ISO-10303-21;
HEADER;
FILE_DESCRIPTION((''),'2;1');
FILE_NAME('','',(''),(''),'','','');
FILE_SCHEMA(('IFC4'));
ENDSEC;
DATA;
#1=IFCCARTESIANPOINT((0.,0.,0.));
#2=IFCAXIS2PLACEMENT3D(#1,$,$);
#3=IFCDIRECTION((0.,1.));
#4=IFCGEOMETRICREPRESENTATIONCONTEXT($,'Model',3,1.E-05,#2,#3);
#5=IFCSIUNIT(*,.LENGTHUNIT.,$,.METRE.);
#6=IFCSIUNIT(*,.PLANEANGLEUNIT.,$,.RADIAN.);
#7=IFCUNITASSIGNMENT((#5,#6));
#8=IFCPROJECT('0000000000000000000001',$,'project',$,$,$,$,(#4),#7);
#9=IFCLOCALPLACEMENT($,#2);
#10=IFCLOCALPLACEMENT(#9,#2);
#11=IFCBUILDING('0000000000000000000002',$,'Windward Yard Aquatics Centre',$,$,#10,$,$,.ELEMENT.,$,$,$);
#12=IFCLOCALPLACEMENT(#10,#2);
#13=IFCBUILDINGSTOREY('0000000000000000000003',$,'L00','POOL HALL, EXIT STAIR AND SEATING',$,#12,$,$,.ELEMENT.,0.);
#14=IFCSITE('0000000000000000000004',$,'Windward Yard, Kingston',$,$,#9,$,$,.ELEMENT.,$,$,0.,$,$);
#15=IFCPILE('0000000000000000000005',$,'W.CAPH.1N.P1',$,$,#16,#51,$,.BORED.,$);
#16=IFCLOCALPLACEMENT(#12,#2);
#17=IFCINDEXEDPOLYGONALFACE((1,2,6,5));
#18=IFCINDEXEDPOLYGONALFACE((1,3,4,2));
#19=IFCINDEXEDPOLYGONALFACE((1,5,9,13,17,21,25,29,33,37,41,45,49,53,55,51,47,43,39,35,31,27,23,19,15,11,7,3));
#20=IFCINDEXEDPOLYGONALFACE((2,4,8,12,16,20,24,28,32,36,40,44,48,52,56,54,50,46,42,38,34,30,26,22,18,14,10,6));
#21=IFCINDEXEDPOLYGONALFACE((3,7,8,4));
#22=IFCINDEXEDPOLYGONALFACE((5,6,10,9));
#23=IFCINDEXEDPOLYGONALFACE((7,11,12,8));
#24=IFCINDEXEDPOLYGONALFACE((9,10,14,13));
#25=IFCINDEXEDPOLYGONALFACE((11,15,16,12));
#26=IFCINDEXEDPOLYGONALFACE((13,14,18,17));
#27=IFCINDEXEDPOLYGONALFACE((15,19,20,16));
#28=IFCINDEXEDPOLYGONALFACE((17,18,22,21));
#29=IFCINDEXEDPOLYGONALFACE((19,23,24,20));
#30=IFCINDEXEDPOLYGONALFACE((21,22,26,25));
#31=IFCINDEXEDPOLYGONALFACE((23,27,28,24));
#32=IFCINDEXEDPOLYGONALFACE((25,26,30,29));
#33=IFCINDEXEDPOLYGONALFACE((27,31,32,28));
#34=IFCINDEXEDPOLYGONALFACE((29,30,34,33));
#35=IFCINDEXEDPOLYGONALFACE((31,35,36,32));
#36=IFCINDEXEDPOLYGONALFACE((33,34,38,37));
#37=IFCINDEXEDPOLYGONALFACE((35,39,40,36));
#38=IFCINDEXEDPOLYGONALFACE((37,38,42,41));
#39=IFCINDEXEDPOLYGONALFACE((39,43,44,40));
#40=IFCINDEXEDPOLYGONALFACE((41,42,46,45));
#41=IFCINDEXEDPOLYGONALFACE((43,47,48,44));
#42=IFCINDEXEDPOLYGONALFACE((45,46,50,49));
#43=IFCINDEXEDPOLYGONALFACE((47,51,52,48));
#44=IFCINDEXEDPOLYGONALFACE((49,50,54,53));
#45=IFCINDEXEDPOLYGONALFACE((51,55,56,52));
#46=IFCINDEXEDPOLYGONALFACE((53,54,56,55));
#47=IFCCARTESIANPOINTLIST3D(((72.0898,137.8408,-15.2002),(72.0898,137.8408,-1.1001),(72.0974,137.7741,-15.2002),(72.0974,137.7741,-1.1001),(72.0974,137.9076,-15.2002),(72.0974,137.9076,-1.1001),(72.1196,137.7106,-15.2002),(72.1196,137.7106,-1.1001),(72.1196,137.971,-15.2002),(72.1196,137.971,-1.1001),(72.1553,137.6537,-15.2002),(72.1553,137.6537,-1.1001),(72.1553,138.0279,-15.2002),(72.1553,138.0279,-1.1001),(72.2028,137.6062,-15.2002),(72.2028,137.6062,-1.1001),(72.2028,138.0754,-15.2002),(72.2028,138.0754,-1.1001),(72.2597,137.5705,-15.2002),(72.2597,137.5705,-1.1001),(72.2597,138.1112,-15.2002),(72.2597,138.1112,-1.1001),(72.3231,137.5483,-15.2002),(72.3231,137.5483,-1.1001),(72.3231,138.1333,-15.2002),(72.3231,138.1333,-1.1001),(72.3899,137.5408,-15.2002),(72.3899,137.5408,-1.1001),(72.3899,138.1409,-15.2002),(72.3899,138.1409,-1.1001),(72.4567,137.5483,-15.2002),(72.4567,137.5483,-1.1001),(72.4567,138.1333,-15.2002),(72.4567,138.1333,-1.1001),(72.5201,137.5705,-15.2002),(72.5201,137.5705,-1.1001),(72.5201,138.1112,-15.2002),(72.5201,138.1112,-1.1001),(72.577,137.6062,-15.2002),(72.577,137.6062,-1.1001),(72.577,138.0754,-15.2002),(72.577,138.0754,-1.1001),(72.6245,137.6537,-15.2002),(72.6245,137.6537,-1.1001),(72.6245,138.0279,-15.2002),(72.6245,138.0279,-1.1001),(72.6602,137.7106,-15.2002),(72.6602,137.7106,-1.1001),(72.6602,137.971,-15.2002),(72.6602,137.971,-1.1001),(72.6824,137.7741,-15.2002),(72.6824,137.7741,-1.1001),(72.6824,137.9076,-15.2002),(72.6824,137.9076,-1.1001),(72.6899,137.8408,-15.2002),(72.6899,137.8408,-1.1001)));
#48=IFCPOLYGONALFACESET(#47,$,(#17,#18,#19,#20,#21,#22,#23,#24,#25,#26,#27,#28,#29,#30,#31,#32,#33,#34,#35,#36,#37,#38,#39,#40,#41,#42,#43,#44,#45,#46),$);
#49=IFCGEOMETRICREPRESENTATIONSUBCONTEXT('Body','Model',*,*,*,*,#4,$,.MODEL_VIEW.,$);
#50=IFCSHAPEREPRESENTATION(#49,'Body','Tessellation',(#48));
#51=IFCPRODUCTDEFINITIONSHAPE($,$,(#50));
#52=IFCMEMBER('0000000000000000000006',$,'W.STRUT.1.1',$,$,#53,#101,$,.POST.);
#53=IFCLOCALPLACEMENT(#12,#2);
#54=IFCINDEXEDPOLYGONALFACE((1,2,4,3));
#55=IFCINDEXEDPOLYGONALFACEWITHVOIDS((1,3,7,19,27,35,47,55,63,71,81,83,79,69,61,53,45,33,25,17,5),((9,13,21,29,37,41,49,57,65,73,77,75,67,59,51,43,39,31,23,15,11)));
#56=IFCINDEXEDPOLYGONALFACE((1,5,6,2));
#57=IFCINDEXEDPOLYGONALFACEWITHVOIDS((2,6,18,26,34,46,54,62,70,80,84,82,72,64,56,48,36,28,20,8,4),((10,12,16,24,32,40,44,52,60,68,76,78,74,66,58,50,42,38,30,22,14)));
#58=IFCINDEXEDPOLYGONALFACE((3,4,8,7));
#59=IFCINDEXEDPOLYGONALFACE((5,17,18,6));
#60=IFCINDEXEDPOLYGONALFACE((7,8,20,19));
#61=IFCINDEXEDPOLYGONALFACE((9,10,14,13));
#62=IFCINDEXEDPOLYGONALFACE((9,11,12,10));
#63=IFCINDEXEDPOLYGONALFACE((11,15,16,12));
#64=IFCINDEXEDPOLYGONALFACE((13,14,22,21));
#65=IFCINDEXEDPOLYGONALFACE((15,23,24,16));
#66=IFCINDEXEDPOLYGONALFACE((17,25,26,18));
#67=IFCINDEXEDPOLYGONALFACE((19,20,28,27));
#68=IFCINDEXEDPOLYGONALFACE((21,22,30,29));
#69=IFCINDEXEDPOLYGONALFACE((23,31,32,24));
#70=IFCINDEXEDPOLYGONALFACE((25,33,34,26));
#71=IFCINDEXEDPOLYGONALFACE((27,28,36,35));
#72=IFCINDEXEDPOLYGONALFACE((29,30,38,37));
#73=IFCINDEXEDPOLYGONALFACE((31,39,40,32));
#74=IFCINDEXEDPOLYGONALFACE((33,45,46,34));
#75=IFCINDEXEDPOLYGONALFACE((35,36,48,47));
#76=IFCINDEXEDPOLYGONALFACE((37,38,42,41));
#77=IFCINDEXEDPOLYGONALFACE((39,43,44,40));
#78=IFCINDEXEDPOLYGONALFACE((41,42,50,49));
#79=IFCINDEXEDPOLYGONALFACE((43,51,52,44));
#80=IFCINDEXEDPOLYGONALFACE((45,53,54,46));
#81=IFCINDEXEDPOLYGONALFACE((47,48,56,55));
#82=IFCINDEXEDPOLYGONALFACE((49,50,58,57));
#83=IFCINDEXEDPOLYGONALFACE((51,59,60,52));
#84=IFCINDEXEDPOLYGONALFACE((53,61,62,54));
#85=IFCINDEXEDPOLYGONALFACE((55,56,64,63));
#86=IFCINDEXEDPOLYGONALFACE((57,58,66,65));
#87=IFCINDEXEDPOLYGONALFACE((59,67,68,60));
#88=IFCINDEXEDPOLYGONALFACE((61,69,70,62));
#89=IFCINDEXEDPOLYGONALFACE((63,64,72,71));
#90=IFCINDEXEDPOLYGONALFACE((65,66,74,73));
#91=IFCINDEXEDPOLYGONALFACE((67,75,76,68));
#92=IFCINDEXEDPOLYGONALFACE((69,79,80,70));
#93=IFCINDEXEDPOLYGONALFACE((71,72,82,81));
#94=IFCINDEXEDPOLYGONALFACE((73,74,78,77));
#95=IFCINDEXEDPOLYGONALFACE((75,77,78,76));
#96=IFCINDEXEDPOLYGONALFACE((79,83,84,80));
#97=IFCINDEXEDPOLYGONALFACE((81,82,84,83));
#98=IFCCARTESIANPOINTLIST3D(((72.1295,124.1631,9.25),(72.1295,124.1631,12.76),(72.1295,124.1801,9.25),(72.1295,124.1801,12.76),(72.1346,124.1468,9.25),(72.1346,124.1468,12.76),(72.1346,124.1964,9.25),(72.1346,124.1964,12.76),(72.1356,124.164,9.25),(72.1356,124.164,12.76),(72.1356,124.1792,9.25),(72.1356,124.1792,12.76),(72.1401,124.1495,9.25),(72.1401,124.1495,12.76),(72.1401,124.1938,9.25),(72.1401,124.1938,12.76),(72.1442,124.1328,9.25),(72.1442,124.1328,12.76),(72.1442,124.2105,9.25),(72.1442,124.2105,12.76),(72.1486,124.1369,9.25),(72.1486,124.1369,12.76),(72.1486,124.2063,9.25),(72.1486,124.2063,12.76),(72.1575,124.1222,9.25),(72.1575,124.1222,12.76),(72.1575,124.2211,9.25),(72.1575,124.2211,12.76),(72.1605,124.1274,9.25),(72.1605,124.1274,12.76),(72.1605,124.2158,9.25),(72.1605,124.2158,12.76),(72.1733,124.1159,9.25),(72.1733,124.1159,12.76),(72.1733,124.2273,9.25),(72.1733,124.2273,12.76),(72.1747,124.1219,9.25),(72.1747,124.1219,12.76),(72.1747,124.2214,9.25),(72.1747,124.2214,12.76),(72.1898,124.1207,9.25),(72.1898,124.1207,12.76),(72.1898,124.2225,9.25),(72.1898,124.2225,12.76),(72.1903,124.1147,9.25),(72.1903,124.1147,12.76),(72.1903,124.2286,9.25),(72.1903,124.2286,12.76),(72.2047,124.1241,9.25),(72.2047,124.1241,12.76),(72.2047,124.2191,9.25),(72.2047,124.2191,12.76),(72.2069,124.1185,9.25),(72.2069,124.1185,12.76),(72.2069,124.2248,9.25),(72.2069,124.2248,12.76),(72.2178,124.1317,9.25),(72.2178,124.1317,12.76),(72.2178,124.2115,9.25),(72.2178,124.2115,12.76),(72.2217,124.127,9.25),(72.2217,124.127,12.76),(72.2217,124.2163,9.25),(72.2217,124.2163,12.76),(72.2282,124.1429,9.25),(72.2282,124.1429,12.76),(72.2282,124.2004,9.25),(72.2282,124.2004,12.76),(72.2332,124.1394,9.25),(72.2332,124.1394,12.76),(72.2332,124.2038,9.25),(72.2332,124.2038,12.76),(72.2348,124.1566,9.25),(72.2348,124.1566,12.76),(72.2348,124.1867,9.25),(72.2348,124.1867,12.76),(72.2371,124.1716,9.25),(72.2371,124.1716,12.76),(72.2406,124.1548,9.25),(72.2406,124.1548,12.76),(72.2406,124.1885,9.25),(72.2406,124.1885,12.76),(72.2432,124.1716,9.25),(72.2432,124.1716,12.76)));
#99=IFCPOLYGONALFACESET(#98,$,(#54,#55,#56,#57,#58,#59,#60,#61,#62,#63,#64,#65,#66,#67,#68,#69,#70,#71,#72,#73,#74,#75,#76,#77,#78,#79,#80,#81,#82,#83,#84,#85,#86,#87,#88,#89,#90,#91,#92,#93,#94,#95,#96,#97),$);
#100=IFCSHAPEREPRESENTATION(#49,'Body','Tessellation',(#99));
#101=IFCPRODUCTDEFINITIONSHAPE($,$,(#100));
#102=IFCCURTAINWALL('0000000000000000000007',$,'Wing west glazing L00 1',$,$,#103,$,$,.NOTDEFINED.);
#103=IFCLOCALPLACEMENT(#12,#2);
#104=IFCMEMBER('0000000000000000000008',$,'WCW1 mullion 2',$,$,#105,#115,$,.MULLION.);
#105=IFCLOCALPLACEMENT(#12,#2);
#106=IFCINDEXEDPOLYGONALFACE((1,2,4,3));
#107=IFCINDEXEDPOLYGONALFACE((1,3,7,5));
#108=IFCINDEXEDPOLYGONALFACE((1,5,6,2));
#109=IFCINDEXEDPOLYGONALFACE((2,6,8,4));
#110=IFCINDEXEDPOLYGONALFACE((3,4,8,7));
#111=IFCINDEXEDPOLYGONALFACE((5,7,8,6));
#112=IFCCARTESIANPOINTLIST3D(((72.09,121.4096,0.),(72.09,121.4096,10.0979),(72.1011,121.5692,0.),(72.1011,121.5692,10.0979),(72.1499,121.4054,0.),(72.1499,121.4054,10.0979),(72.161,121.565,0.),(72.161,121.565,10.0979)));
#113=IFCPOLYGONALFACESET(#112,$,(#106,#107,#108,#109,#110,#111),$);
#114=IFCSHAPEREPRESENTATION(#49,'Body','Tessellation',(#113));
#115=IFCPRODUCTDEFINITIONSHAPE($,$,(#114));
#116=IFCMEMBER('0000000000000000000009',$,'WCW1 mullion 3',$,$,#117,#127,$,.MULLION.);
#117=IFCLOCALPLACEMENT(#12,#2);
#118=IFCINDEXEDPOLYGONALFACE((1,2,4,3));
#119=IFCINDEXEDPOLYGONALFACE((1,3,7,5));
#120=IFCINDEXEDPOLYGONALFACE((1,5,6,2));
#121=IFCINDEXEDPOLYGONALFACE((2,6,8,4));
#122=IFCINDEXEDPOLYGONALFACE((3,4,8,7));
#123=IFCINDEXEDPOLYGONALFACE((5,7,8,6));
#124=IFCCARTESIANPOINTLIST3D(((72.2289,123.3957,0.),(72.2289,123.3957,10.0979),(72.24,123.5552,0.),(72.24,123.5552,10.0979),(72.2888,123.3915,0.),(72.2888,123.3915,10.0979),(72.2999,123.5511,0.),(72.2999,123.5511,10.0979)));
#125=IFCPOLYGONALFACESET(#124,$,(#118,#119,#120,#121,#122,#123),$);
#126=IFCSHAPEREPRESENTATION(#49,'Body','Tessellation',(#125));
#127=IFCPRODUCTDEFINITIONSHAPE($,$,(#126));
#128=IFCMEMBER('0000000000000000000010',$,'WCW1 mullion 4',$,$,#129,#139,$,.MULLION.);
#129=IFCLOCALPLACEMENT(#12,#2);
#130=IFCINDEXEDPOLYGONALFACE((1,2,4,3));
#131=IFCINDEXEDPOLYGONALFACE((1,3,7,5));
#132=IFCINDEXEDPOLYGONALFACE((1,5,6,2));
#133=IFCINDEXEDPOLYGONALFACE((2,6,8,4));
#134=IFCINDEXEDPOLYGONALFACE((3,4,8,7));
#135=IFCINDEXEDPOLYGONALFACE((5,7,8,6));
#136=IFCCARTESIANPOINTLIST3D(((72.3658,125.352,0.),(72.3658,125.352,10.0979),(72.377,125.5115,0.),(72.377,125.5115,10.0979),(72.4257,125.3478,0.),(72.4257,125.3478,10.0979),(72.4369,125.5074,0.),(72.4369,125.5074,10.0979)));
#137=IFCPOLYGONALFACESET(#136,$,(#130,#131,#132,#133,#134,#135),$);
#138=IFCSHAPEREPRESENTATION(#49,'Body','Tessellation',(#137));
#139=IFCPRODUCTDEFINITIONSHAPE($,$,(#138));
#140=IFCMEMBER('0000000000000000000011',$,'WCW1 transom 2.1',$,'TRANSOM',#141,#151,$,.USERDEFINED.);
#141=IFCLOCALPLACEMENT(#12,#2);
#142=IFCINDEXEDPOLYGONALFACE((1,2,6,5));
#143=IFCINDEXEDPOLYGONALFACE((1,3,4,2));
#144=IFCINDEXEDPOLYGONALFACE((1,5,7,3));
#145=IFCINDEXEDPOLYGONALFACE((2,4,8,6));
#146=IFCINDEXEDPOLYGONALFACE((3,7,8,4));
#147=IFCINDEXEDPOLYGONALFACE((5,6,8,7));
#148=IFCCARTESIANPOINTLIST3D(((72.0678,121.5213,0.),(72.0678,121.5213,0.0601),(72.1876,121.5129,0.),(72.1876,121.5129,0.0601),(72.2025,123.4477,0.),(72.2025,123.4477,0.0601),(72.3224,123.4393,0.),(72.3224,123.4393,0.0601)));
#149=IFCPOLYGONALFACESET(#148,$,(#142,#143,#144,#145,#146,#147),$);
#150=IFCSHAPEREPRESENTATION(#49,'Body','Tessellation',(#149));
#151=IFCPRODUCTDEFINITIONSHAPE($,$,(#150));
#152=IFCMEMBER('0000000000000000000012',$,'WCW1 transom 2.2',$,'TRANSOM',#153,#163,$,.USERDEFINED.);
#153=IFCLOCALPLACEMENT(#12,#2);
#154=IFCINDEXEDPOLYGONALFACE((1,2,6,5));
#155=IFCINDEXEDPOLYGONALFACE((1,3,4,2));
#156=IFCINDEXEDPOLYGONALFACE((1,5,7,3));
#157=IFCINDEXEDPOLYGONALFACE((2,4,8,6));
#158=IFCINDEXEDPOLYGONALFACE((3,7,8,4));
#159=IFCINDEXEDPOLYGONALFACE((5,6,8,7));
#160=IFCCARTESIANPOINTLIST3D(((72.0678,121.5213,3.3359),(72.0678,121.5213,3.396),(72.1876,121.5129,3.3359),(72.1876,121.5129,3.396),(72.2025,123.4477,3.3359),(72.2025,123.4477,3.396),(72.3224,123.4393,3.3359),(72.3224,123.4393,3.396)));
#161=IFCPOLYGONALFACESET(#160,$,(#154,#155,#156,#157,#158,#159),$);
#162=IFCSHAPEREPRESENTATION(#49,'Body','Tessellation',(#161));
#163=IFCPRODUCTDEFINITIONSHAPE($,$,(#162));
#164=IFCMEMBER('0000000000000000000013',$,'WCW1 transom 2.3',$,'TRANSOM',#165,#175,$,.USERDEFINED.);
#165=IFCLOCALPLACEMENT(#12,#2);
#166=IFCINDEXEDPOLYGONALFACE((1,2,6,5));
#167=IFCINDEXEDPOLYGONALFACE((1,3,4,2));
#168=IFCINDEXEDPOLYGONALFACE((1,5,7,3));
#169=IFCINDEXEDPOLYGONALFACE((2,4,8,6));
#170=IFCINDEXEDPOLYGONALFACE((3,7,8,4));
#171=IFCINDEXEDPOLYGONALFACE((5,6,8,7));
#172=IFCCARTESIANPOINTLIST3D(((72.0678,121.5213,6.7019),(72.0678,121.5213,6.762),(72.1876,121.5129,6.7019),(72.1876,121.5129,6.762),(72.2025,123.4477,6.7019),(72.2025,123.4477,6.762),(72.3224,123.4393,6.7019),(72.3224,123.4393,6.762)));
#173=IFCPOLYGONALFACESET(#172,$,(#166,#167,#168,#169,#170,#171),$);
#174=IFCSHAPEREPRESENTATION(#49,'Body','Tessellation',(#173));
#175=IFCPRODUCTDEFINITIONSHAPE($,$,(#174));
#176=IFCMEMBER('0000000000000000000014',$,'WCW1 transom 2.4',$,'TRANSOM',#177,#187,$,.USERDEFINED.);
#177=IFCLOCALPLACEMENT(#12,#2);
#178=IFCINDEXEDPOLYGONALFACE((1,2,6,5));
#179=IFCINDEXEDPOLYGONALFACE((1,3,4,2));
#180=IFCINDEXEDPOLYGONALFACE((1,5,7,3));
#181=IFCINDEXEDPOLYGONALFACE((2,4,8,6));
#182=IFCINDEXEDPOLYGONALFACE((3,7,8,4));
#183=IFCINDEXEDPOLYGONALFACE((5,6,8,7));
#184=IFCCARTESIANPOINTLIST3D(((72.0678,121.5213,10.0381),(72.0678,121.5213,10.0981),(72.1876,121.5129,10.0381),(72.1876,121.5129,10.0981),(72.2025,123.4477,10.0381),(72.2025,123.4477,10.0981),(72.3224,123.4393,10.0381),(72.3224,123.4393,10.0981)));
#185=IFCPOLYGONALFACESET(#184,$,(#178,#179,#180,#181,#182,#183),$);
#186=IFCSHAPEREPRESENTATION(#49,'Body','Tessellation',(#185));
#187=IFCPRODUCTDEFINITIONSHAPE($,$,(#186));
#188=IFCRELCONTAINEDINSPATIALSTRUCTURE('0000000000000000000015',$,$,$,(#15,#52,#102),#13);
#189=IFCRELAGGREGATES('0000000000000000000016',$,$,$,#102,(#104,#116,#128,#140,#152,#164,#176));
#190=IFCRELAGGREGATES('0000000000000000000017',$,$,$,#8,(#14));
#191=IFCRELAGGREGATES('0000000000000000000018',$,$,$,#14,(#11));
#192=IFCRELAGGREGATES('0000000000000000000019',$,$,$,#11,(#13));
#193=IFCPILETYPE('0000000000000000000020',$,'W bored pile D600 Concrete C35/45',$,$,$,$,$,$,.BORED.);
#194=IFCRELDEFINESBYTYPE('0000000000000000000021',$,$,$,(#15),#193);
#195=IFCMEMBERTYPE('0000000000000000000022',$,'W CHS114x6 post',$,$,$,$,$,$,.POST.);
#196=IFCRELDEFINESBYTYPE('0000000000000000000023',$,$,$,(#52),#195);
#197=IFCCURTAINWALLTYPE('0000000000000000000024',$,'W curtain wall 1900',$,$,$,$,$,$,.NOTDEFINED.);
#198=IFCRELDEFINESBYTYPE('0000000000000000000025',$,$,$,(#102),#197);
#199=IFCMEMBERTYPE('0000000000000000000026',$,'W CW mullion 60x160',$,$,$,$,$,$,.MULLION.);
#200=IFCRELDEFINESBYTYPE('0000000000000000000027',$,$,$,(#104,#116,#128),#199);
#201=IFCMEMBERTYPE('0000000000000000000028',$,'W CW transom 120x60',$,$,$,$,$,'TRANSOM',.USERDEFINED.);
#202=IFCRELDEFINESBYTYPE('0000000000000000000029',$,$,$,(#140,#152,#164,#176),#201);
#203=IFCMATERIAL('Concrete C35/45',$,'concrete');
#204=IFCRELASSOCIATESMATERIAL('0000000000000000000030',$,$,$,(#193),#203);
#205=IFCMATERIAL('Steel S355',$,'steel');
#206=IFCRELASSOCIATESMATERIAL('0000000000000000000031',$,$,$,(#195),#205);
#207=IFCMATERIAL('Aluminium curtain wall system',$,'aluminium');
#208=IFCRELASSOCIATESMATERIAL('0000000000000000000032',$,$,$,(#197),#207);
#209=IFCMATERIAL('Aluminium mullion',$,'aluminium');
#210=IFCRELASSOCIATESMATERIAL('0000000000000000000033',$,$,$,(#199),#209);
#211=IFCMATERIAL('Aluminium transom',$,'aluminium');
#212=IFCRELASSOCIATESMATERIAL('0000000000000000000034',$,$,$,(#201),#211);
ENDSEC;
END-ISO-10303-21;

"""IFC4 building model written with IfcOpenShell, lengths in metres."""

from ifc_helpers import new_model, si_unit, direction, frame, origin, origin_2d, place, context, subcontext, project, spatial, rectangle, circle, hollow_circle, extrude, material, material_profile, profile_set, type_object, element, aggregate, save


model = new_model("IFC4")

# Units and contexts
model_context = context("Model", 3, precision=1e-05, world=origin(), true_north=direction((0.0, 1.0)))
body_context = subcontext(model_context, "Body", "Model", "MODEL_VIEW")
ifc_project = project(units=[si_unit("LENGTHUNIT", "METRE"), si_unit("PLANEANGLEUNIT", "RADIAN")], contexts=[model_context])

# Site, building, storey
site_placement = place(None, origin())
site = spatial("IfcSite", under=ifc_project, at=site_placement, Name="Windward Yard, Kingston", CompositionType="ELEMENT", RefElevation=0.0)
building_placement = place(site_placement, origin())
building = spatial("IfcBuilding", under=site, at=building_placement, Name="Windward Yard Aquatics Centre", CompositionType="ELEMENT")
storey_placement = place(building_placement, origin())
storey = spatial("IfcBuildingStorey", under=building, at=storey_placement, Name="L00", Description="POOL HALL, EXIT STAIR AND SEATING", CompositionType="ELEMENT", Elevation=0.0)

# Pile
ifc_material_1 = material(Name="Concrete C35/45", Category="concrete")
ifc_material_profile_1 = material_profile(ifc_material_1, circle(Radius=0.3, at=origin_2d()), Name="D600")
ifc_profile_set_1 = profile_set([ifc_material_profile_1], Name="Concrete C35/45")
pile_type = type_object("IfcPileType", Name="W bored pile D600 Concrete C35/45", PredefinedType="BORED", material=ifc_profile_set_1)
pile_placement = place(storey_placement, frame((72.3899, 137.8408, -1.1001), z_axis=(0.0, 0.0, -1.0), x_axis=(1.0, 0.0, 0.0)))
element("IfcPile", 1, at=pile_placement, inside=storey, type_object=pile_type, Name="W.CAPH.1N.P1", PredefinedType="BORED", context=body_context, shape_type="SweptSolid", body=[
    extrude(circle(Radius=0.3, at=origin_2d()), origin(), (0.0, 0.0, 1.0), 14.1001),
])

# Member
ifc_material_2 = material(Name="Steel S355", Category="steel")
ifc_material_profile_2 = material_profile(ifc_material_2, hollow_circle(Radius=0.0571, WallThickness=0.0061, at=origin_2d()), Name="CHS114x6")
ifc_profile_set_2 = profile_set([ifc_material_profile_2], Name="Steel S355")
member_type_1 = type_object("IfcMemberType", Name="W CHS114x6 post", PredefinedType="POST", material=ifc_profile_set_2)
member_1_placement = place(storey_placement, frame((72.186, 124.1716, 9.25), z_axis=(0.0, 0.0, 1.0), x_axis=(1.0, 0.0, 0.0)))
element("IfcMember", 2, at=member_1_placement, inside=storey, type_object=member_type_1, Name="W.STRUT.1.1", PredefinedType="POST", context=body_context, shape_type="SweptSolid", body=[
    extrude(hollow_circle(Radius=0.0571, WallThickness=0.0061, at=origin_2d()), origin(), (0.0, 0.0, 1.0), 3.51),
])

# Curtain wall, members
ifc_material_3 = material(Name="Aluminium curtain wall system", Category="aluminium")
curtain_wall_type = type_object("IfcCurtainWallType", Name="W curtain wall 1900", PredefinedType="NOTDEFINED", material=ifc_material_3)
curtain_wall_placement = place(storey_placement, origin())
curtain_wall = element("IfcCurtainWall", 3, at=curtain_wall_placement, inside=storey, type_object=curtain_wall_type, Name="Wing west glazing L00 1", PredefinedType="NOTDEFINED")
ifc_material_4 = material(Name="Aluminium mullion", Category="aluminium")
ifc_material_profile_3 = material_profile(ifc_material_4, rectangle(XDim=0.0601, YDim=0.1599, at=origin_2d()), Name="AL 60x160")
ifc_profile_set_3 = profile_set([ifc_material_profile_3], Name="Aluminium mullion")
member_type_2 = type_object("IfcMemberType", Name="W CW mullion 60x160", PredefinedType="MULLION", material=ifc_profile_set_3)
member_2_placement = place(storey_placement, frame((72.1255, 121.4873, 0.0), z_axis=(0.0, 0.0, 1.0), x_axis=(-0.997564, 0.069763, 0.0)))
member_2 = element("IfcMember", 4, at=member_2_placement, type_object=member_type_2, Name="WCW1 mullion 2", PredefinedType="MULLION", context=body_context, shape_type="SweptSolid", body=[
    extrude(rectangle(XDim=0.0601, YDim=0.1599, at=origin_2d()), origin(), (0.0, 0.0, 1.0), 10.0979),
])
member_3_placement = place(storey_placement, frame((72.2644, 123.4734, 0.0), z_axis=(0.0, 0.0, 1.0), x_axis=(-0.997564, 0.069763, 0.0)))
member_3 = element("IfcMember", 5, at=member_3_placement, type_object=member_type_2, Name="WCW1 mullion 3", PredefinedType="MULLION", context=body_context, shape_type="SweptSolid", body=[
    extrude(rectangle(XDim=0.0601, YDim=0.1599, at=origin_2d()), origin(), (0.0, 0.0, 1.0), 10.0979),
])
member_4_placement = place(storey_placement, frame((72.4014, 125.4297, 0.0), z_axis=(0.0, 0.0, 1.0), x_axis=(-0.997564, 0.069763, 0.0)))
member_4 = element("IfcMember", 6, at=member_4_placement, type_object=member_type_2, Name="WCW1 mullion 4", PredefinedType="MULLION", context=body_context, shape_type="SweptSolid", body=[
    extrude(rectangle(XDim=0.0601, YDim=0.1599, at=origin_2d()), origin(), (0.0, 0.0, 1.0), 10.0979),
])
ifc_material_5 = material(Name="Aluminium transom", Category="aluminium")
ifc_material_profile_4 = material_profile(ifc_material_5, rectangle(XDim=0.1201, YDim=0.0601, at=origin_2d()), Name="AL 120x60")
ifc_profile_set_4 = profile_set([ifc_material_profile_4], Name="Aluminium transom")
member_type_3 = type_object("IfcMemberType", Name="W CW transom 120x60", ElementType="TRANSOM", PredefinedType="USERDEFINED", material=ifc_profile_set_4)
member_5_placement = place(storey_placement, frame((72.1277, 121.5171, 0.03), z_axis=(0.069783, 0.997562, 0.0), x_axis=(-0.997562, 0.069783, 0.0)))
member_5 = element("IfcMember", 7, at=member_5_placement, type_object=member_type_3, Name="WCW1 transom 2.1", ObjectType="TRANSOM", PredefinedType="USERDEFINED", context=body_context, shape_type="SweptSolid", body=[
    extrude(rectangle(XDim=0.1201, YDim=0.0601, at=origin_2d()), origin(), (0.0, 0.0, 1.0), 1.9312),
])
member_6_placement = place(storey_placement, frame((72.1277, 121.5171, 3.366), z_axis=(0.069783, 0.997562, 0.0), x_axis=(-0.997562, 0.069783, 0.0)))
member_6 = element("IfcMember", 8, at=member_6_placement, type_object=member_type_3, Name="WCW1 transom 2.2", ObjectType="TRANSOM", PredefinedType="USERDEFINED", context=body_context, shape_type="SweptSolid", body=[
    extrude(rectangle(XDim=0.1201, YDim=0.0601, at=origin_2d()), origin(), (0.0, 0.0, 1.0), 1.9312),
])
member_7_placement = place(storey_placement, frame((72.1277, 121.5171, 6.7319), z_axis=(0.069783, 0.997562, 0.0), x_axis=(-0.997562, 0.069783, 0.0)))
member_7 = element("IfcMember", 9, at=member_7_placement, type_object=member_type_3, Name="WCW1 transom 2.3", ObjectType="TRANSOM", PredefinedType="USERDEFINED", context=body_context, shape_type="SweptSolid", body=[
    extrude(rectangle(XDim=0.1201, YDim=0.0601, at=origin_2d()), origin(), (0.0, 0.0, 1.0), 1.9312),
])
member_8_placement = place(storey_placement, frame((72.1277, 121.5171, 10.0681), z_axis=(0.069783, 0.997562, 0.0), x_axis=(-0.997562, 0.069783, 0.0)))
member_8 = element("IfcMember", 10, at=member_8_placement, type_object=member_type_3, Name="WCW1 transom 2.4", ObjectType="TRANSOM", PredefinedType="USERDEFINED", context=body_context, shape_type="SweptSolid", body=[
    extrude(rectangle(XDim=0.1201, YDim=0.0601, at=origin_2d()), origin(), (0.0, 0.0, 1.0), 1.9312),
])

aggregate(curtain_wall, [member_2, member_3, member_4, member_5, member_6, member_7, member_8])

save(model, "model.ifc")
